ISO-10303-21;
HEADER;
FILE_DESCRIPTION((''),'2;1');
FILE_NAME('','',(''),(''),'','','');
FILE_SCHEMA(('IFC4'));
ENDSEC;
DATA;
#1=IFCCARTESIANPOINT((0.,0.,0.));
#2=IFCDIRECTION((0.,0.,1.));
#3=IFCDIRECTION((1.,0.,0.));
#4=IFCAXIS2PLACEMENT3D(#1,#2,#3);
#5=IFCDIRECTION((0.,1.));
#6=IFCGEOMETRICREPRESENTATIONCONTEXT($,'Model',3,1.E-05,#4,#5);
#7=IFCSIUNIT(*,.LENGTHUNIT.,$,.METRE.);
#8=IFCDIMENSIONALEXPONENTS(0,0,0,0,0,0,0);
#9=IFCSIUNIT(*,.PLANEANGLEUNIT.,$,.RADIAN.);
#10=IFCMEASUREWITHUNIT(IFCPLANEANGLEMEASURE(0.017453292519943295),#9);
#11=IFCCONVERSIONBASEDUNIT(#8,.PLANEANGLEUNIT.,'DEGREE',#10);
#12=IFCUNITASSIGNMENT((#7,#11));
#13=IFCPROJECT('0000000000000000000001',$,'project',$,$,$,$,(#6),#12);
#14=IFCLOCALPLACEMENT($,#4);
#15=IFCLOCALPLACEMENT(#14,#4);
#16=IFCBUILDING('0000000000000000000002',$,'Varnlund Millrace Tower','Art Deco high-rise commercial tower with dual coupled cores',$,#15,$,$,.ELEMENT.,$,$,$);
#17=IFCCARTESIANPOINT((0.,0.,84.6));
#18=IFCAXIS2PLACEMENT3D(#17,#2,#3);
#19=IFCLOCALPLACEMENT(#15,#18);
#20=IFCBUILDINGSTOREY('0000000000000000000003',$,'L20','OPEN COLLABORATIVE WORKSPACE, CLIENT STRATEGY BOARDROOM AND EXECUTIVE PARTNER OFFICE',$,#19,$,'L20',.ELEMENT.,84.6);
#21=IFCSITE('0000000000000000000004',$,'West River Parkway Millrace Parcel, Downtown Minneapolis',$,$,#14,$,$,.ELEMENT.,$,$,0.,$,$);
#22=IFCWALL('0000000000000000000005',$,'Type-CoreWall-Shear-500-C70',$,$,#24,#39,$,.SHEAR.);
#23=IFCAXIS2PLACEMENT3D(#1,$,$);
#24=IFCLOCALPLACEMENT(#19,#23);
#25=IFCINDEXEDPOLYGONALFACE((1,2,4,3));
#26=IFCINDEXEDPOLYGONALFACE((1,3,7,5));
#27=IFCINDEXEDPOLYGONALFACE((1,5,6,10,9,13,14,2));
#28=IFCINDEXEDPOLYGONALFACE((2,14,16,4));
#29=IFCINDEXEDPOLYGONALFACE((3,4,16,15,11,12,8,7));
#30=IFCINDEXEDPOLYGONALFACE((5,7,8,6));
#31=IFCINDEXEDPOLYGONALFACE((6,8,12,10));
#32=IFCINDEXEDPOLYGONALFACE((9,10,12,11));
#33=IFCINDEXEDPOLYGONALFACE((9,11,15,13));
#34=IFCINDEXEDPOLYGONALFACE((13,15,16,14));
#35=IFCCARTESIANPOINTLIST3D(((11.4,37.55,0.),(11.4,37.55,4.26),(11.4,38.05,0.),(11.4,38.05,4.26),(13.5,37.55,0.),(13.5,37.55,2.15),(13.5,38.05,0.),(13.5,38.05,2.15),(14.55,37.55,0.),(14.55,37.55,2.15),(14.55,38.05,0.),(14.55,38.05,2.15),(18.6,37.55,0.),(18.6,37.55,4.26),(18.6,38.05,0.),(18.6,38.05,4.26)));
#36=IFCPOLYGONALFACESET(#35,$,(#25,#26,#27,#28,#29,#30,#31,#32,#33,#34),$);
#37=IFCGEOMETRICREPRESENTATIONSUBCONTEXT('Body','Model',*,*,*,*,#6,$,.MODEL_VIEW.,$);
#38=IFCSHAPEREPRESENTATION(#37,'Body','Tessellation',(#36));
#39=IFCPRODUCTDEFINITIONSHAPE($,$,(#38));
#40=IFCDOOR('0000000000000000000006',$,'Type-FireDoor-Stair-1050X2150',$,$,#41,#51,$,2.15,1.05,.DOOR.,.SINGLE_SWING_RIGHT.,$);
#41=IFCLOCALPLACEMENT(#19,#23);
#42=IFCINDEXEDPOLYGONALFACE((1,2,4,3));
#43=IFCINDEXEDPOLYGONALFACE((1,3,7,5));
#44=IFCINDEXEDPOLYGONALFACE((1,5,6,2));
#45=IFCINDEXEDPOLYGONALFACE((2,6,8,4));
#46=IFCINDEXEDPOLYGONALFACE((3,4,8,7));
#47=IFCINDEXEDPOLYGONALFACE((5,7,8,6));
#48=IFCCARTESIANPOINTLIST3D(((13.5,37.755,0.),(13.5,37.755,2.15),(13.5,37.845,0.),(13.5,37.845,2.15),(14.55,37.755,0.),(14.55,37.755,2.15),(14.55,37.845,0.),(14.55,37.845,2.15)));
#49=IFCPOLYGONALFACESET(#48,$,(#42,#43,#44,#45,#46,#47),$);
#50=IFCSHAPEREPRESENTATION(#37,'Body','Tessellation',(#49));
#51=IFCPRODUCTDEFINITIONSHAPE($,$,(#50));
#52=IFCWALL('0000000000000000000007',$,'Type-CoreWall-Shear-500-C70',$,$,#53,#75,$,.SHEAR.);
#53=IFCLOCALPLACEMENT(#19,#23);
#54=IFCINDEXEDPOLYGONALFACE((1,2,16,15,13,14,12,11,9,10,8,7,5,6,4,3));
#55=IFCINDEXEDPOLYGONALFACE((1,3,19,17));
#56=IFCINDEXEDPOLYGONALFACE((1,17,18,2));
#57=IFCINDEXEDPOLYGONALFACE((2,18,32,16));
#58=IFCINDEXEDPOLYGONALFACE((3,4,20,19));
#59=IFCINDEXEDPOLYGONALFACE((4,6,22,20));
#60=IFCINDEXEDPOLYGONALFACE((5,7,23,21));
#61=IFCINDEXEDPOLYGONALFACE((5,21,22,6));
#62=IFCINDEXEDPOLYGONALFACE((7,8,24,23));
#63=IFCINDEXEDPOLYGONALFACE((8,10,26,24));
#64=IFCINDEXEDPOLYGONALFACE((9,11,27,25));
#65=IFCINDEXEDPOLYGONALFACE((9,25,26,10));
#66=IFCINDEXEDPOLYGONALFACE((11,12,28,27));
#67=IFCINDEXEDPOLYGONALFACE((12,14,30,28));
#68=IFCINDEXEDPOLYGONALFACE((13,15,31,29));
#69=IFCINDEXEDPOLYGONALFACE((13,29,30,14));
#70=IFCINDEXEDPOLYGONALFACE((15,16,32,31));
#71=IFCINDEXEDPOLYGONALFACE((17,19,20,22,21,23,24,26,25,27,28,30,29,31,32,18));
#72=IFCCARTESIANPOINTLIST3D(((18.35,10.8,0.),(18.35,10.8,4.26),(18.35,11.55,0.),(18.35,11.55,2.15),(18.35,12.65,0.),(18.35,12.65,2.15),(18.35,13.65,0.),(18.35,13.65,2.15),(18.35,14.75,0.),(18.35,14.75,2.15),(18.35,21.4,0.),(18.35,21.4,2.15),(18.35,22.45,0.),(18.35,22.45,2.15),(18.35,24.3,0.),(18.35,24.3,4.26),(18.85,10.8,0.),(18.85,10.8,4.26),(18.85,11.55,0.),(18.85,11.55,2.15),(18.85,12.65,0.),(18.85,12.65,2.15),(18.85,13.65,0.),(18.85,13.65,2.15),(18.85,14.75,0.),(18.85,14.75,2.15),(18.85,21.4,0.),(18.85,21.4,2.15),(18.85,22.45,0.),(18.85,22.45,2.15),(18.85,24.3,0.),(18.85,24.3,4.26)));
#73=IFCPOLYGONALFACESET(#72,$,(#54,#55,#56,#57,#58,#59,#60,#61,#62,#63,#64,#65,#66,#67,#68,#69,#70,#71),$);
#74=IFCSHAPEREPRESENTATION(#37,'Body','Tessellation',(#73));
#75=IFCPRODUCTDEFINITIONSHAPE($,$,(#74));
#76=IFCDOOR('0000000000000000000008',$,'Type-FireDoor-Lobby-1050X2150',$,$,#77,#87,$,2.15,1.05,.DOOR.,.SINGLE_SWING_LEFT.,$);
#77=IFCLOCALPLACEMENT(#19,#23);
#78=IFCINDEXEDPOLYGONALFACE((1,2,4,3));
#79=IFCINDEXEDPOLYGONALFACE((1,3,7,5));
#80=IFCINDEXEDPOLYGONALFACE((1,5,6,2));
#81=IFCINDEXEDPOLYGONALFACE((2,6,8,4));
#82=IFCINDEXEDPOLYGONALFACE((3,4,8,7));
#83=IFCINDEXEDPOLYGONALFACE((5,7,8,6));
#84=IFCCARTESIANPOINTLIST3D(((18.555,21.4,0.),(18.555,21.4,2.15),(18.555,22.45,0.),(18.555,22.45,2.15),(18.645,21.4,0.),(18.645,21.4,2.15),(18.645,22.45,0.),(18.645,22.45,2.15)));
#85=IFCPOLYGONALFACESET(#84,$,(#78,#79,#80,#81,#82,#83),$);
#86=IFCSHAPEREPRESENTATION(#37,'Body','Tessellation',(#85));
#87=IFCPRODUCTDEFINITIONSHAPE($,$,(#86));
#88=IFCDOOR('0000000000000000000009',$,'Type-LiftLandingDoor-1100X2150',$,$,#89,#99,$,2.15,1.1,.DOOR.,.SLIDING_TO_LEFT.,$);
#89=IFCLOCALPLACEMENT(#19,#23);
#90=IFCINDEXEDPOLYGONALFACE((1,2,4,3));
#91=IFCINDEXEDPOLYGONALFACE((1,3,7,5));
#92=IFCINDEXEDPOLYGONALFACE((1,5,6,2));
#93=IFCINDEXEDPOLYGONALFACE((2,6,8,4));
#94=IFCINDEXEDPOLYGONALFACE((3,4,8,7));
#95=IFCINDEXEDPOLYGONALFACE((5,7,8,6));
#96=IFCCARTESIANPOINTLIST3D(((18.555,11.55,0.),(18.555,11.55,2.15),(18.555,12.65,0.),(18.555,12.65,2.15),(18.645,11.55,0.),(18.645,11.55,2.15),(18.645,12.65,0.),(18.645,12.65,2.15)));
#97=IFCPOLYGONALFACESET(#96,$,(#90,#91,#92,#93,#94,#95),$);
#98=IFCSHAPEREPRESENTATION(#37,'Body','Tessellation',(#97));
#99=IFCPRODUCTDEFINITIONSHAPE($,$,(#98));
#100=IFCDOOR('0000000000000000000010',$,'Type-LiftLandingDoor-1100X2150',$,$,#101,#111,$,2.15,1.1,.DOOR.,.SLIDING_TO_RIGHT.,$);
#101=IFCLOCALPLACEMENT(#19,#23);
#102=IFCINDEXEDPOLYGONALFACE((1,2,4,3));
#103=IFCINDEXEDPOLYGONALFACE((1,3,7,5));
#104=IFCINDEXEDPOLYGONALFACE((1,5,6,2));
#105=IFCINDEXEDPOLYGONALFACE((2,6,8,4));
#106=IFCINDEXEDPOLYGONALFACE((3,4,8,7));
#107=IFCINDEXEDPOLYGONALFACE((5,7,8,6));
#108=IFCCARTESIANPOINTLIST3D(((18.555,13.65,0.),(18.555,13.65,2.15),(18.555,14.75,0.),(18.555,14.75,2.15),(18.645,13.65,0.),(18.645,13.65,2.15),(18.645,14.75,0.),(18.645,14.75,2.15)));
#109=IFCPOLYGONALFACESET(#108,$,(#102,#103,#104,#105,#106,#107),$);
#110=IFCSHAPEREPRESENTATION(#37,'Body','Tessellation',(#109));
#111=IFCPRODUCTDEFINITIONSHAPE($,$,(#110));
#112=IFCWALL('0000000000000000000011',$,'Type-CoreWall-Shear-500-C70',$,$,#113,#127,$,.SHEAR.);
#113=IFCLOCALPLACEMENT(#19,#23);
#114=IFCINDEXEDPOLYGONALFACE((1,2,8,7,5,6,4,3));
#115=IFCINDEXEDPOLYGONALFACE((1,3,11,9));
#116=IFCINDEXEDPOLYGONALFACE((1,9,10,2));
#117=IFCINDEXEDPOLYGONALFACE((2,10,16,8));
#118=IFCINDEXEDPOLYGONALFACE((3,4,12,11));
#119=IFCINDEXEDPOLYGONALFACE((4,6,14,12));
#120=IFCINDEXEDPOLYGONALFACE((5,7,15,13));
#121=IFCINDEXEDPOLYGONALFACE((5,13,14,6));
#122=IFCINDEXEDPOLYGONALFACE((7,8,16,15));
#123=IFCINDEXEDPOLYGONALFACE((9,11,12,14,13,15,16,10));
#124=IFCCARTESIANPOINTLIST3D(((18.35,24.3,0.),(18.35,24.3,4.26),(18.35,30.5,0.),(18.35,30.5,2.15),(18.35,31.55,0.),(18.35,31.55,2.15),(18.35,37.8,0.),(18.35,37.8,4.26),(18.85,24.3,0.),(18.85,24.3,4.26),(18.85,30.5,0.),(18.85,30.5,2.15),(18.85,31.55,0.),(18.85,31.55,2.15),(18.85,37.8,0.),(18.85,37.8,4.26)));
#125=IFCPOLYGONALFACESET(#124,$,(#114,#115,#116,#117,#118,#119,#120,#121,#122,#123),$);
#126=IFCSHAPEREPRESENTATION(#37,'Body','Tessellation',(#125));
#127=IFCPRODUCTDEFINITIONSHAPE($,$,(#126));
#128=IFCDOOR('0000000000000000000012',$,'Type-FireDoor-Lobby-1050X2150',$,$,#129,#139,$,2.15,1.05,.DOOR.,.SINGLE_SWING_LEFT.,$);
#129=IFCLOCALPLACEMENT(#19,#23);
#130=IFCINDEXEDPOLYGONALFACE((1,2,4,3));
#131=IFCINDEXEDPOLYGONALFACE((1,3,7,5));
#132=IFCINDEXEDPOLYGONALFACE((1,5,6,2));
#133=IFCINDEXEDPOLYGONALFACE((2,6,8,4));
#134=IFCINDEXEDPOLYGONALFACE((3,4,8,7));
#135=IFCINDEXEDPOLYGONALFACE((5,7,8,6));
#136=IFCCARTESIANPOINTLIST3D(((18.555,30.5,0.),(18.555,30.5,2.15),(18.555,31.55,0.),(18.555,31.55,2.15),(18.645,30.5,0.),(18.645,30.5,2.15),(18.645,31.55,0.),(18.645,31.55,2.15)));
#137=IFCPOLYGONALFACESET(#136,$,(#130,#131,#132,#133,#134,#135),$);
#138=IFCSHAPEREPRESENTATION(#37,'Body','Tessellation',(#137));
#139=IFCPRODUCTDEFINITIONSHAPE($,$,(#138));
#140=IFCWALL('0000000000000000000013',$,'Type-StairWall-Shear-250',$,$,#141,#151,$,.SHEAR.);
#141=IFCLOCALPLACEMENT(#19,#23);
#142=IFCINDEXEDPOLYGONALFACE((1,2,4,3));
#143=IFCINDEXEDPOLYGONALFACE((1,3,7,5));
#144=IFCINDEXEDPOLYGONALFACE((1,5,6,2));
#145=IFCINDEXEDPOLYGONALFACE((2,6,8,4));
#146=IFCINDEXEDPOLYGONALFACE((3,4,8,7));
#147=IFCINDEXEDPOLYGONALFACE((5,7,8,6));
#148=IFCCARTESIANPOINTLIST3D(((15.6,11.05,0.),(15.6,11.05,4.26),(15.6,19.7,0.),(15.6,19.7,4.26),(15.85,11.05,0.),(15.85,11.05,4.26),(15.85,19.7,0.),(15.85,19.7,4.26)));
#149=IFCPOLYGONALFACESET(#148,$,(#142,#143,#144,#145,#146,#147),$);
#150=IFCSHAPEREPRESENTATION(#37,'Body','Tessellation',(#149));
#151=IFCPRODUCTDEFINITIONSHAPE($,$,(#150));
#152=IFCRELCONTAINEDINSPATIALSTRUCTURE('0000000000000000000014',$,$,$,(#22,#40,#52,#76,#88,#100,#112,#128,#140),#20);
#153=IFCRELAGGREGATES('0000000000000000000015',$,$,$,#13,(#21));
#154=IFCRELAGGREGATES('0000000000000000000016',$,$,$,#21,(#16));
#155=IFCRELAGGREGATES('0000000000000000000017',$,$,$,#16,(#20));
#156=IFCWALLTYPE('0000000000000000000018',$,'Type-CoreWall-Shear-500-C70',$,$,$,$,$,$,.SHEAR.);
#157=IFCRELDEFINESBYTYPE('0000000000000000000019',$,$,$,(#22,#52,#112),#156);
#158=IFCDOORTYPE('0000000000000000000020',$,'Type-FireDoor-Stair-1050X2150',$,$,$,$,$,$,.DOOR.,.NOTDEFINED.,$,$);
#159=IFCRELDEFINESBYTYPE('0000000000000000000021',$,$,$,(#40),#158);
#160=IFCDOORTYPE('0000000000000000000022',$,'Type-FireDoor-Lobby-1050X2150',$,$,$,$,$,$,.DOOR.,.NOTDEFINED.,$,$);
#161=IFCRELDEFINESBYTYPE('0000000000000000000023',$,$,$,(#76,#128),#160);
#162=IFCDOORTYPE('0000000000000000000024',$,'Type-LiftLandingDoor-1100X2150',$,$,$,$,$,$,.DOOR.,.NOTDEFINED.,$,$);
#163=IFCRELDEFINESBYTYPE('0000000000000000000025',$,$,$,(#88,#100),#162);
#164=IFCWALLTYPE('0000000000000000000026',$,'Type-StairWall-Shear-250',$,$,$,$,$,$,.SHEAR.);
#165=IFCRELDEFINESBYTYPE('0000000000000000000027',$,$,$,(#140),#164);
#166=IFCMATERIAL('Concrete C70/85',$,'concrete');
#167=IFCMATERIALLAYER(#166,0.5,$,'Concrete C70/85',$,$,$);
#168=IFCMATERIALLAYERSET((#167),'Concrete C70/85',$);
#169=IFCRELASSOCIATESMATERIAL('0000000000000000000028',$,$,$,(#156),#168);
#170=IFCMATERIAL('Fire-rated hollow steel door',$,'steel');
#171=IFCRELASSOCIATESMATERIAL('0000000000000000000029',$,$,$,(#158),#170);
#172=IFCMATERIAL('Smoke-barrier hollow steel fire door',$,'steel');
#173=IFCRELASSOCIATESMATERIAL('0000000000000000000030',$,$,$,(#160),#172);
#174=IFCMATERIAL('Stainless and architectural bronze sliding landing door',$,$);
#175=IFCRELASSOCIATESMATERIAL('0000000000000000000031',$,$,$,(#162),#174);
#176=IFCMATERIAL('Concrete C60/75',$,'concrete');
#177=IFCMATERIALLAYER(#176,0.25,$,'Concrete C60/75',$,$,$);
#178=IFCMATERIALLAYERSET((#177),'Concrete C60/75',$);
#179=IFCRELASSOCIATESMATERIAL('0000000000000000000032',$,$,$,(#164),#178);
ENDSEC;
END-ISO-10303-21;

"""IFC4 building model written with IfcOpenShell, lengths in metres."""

from ifc_helpers import new_model, entity, si_unit, converted_unit, direction, frame, origin_with_axes, origin_2d_with_axis, place, context, subcontext, project, spatial, polyline, rectangle, outline, extrude, material, layer, layer_set, type_object, element, fill, save


model = new_model("IFC4")

# Units and contexts
model_context = context("Model", 3, precision=1e-05, world=origin_with_axes(), true_north=direction((0.0, 1.0)))
body_context = subcontext(model_context, "Body", "Model", "MODEL_VIEW")
ifc_project = project(units=[si_unit("LENGTHUNIT", "METRE"), converted_unit("PLANEANGLEUNIT", "DEGREE", entity("IfcPlaneAngleMeasure", 0.017453292519943295), si_unit("PLANEANGLEUNIT", "RADIAN"), dimensions=[0, 0, 0, 0, 0, 0, 0])], contexts=[model_context])

# Site, building, storey
site_placement = place(None, origin_with_axes())
site = spatial("IfcSite", under=ifc_project, at=site_placement, Name="West River Parkway Millrace Parcel, Downtown Minneapolis", CompositionType="ELEMENT", RefElevation=0.0)
building_placement = place(site_placement, origin_with_axes())
building = spatial("IfcBuilding", under=site, at=building_placement, Name="Varnlund Millrace Tower", Description="Art Deco high-rise commercial tower with dual coupled cores", CompositionType="ELEMENT")
storey_placement = place(building_placement, frame((0.0, 0.0, 84.6), z_axis=(0.0, 0.0, 1.0), x_axis=(1.0, 0.0, 0.0)))
storey = spatial("IfcBuildingStorey", under=building, at=storey_placement, Name="L20", Description="OPEN COLLABORATIVE WORKSPACE, CLIENT STRATEGY BOARDROOM AND EXECUTIVE PARTNER OFFICE", LongName="L20", CompositionType="ELEMENT", Elevation=84.6)

# Shared definitions
ifc_material_1 = material(Name="Concrete C60/75", Category="concrete")

# Shared definitions
ifc_material_2 = material(Name="Concrete C70/85", Category="concrete")
ifc_layer_1 = layer(ifc_material_2, 0.5, Name="Concrete C70/85")
ifc_layer_set_1 = layer_set([ifc_layer_1], Name="Concrete C70/85")
wall_type_1 = type_object("IfcWallType", Name="Type-CoreWall-Shear-500-C70", PredefinedType="SHEAR", material=ifc_layer_set_1)

# Wall, opening, door
ifc_material_3 = material(Name="Fire-rated hollow steel door", Category="steel")
door_type_1 = type_object("IfcDoorType", Name="Type-FireDoor-Stair-1050X2150", OperationType="NOTDEFINED", PredefinedType="DOOR", material=ifc_material_3)
wall_1_placement = place(storey_placement, frame((11.4, 37.8, 0.0), z_axis=(0.0, 0.0, 1.0), x_axis=(1.0, 0.0, 0.0)))
wall_1 = element("IfcWall", 1, at=wall_1_placement, inside=storey, type_object=wall_type_1, Name="Type-CoreWall-Shear-500-C70", PredefinedType="SHEAR", context=body_context, shape_type="SweptSolid", body=[
    extrude(outline(polyline([(0.0, -0.25), (7.2, -0.25), (7.2, 0.25), (0.0, 0.25), (0.0, -0.25)])), origin_with_axes(), (0.0, 0.0, 1.0), 4.26),
])
opening_1_placement = place(wall_1_placement, frame((2.625, 0.0, 0.0), z_axis=(0.0, 0.0, 1.0), x_axis=(1.0, 0.0, 0.0)))
opening_1 = element("IfcOpeningElement", 2, at=opening_1_placement, cuts=wall_1, PredefinedType="OPENING", context=body_context, shape_type="SweptSolid", body=[
    extrude(rectangle(XDim=1.05, YDim=0.52, at=origin_2d_with_axis()), origin_with_axes(), (0.0, 0.0, 1.0), 2.15),
])
door_1_placement = place(wall_1_placement, frame((2.625, 0.0, 0.0), z_axis=(0.0, 0.0, 1.0), x_axis=(1.0, 0.0, 0.0)))
door_1 = element("IfcDoor", 3, at=door_1_placement, inside=storey, type_object=door_type_1, Name="Type-FireDoor-Stair-1050X2150", OperationType="SINGLE_SWING_RIGHT", OverallHeight=2.15, OverallWidth=1.05, PredefinedType="DOOR", context=body_context, shape_type="SweptSolid", body=[
    extrude(rectangle(XDim=1.05, YDim=0.09, at=origin_2d_with_axis()), origin_with_axes(), (0.0, 0.0, 1.0), 2.15),
])
fill(opening_1, door_1)

# Wall, openings, doors
wall_2_placement = place(storey_placement, frame((18.6, 10.8, 0.0), z_axis=(0.0, 0.0, 1.0), x_axis=(0.0, 1.0, 0.0)))
wall_2 = element("IfcWall", 4, at=wall_2_placement, inside=storey, type_object=wall_type_1, Name="Type-CoreWall-Shear-500-C70", PredefinedType="SHEAR", context=body_context, shape_type="SweptSolid", body=[
    extrude(outline(polyline([(0.0, -0.25), (13.5, -0.25), (13.5, 0.25), (0.0, 0.25), (0.0, -0.25)])), origin_with_axes(), (0.0, 0.0, 1.0), 4.26),
])
opening_2_placement = place(wall_2_placement, frame((1.3, 0.0, 0.0), z_axis=(0.0, 0.0, 1.0), x_axis=(1.0, 0.0, 0.0)))
opening_2 = element("IfcOpeningElement", 5, at=opening_2_placement, cuts=wall_2, PredefinedType="OPENING", context=body_context, shape_type="SweptSolid", body=[
    extrude(rectangle(XDim=1.1, YDim=0.52, at=origin_2d_with_axis()), origin_with_axes(), (0.0, 0.0, 1.0), 2.15),
])
opening_3_placement = place(wall_2_placement, frame((3.4, 0.0, 0.0), z_axis=(0.0, 0.0, 1.0), x_axis=(1.0, 0.0, 0.0)))
opening_3 = element("IfcOpeningElement", 6, at=opening_3_placement, cuts=wall_2, PredefinedType="OPENING", context=body_context, shape_type="SweptSolid", body=[
    extrude(rectangle(XDim=1.1, YDim=0.52, at=origin_2d_with_axis()), origin_with_axes(), (0.0, 0.0, 1.0), 2.15),
])
opening_4_placement = place(wall_2_placement, frame((11.125, 0.0, 0.0), z_axis=(0.0, 0.0, 1.0), x_axis=(1.0, 0.0, 0.0)))
opening_4 = element("IfcOpeningElement", 7, at=opening_4_placement, cuts=wall_2, PredefinedType="OPENING", context=body_context, shape_type="SweptSolid", body=[
    extrude(rectangle(XDim=1.05, YDim=0.52, at=origin_2d_with_axis()), origin_with_axes(), (0.0, 0.0, 1.0), 2.15),
])
ifc_material_4 = material(Name="Smoke-barrier hollow steel fire door", Category="steel")
door_type_2 = type_object("IfcDoorType", Name="Type-FireDoor-Lobby-1050X2150", OperationType="NOTDEFINED", PredefinedType="DOOR", material=ifc_material_4)
door_2_placement = place(wall_2_placement, frame((11.125, 0.0, 0.0), z_axis=(0.0, 0.0, 1.0), x_axis=(1.0, 0.0, 0.0)))
door_2 = element("IfcDoor", 8, at=door_2_placement, inside=storey, type_object=door_type_2, Name="Type-FireDoor-Lobby-1050X2150", OperationType="SINGLE_SWING_LEFT", OverallHeight=2.15, OverallWidth=1.05, PredefinedType="DOOR", context=body_context, shape_type="SweptSolid", body=[
    extrude(rectangle(XDim=1.05, YDim=0.09, at=origin_2d_with_axis()), origin_with_axes(), (0.0, 0.0, 1.0), 2.15),
])
fill(opening_4, door_2)
ifc_material_5 = material(Name="Stainless and architectural bronze sliding landing door")
door_type_3 = type_object("IfcDoorType", Name="Type-LiftLandingDoor-1100X2150", OperationType="NOTDEFINED", PredefinedType="DOOR", material=ifc_material_5)
door_3_placement = place(wall_2_placement, frame((1.3, 0.0, 0.0), z_axis=(0.0, 0.0, 1.0), x_axis=(1.0, 0.0, 0.0)))
door_3 = element("IfcDoor", 9, at=door_3_placement, inside=storey, type_object=door_type_3, Name="Type-LiftLandingDoor-1100X2150", OperationType="SLIDING_TO_LEFT", OverallHeight=2.15, OverallWidth=1.1, PredefinedType="DOOR", context=body_context, shape_type="SweptSolid", body=[
    extrude(rectangle(XDim=1.1, YDim=0.09, at=origin_2d_with_axis()), origin_with_axes(), (0.0, 0.0, 1.0), 2.15),
])
fill(opening_2, door_3)
door_4_placement = place(wall_2_placement, frame((3.4, 0.0, 0.0), z_axis=(0.0, 0.0, 1.0), x_axis=(1.0, 0.0, 0.0)))
door_4 = element("IfcDoor", 10, at=door_4_placement, inside=storey, type_object=door_type_3, Name="Type-LiftLandingDoor-1100X2150", OperationType="SLIDING_TO_RIGHT", OverallHeight=2.15, OverallWidth=1.1, PredefinedType="DOOR", context=body_context, shape_type="SweptSolid", body=[
    extrude(rectangle(XDim=1.1, YDim=0.09, at=origin_2d_with_axis()), origin_with_axes(), (0.0, 0.0, 1.0), 2.15),
])
fill(opening_3, door_4)

# Wall, opening, door
wall_3_placement = place(storey_placement, frame((18.6, 24.3, 0.0), z_axis=(0.0, 0.0, 1.0), x_axis=(0.0, 1.0, 0.0)))
wall_3 = element("IfcWall", 11, at=wall_3_placement, inside=storey, type_object=wall_type_1, Name="Type-CoreWall-Shear-500-C70", PredefinedType="SHEAR", context=body_context, shape_type="SweptSolid", body=[
    extrude(outline(polyline([(0.0, -0.25), (13.5, -0.25), (13.5, 0.25), (0.0, 0.25), (0.0, -0.25)])), origin_with_axes(), (0.0, 0.0, 1.0), 4.26),
])
opening_5_placement = place(wall_3_placement, frame((6.725, 0.0, 0.0), z_axis=(0.0, 0.0, 1.0), x_axis=(1.0, 0.0, 0.0)))
opening_5 = element("IfcOpeningElement", 12, at=opening_5_placement, cuts=wall_3, PredefinedType="OPENING", context=body_context, shape_type="SweptSolid", body=[
    extrude(rectangle(XDim=1.05, YDim=0.52, at=origin_2d_with_axis()), origin_with_axes(), (0.0, 0.0, 1.0), 2.15),
])
door_5_placement = place(wall_3_placement, frame((6.725, 0.0, 0.0), z_axis=(0.0, 0.0, 1.0), x_axis=(1.0, 0.0, 0.0)))
door_5 = element("IfcDoor", 13, at=door_5_placement, inside=storey, type_object=door_type_2, Name="Type-FireDoor-Lobby-1050X2150", OperationType="SINGLE_SWING_LEFT", OverallHeight=2.15, OverallWidth=1.05, PredefinedType="DOOR", context=body_context, shape_type="SweptSolid", body=[
    extrude(rectangle(XDim=1.05, YDim=0.09, at=origin_2d_with_axis()), origin_with_axes(), (0.0, 0.0, 1.0), 2.15),
])
fill(opening_5, door_5)

# Wall
ifc_layer_2 = layer(ifc_material_1, 0.25, Name="Concrete C60/75")
ifc_layer_set_2 = layer_set([ifc_layer_2], Name="Concrete C60/75")
wall_type_2 = type_object("IfcWallType", Name="Type-StairWall-Shear-250", PredefinedType="SHEAR", material=ifc_layer_set_2)
wall_4_placement = place(storey_placement, frame((15.725, 11.05, 0.0), z_axis=(0.0, 0.0, 1.0), x_axis=(0.0, 1.0, 0.0)))
element("IfcWall", 14, at=wall_4_placement, inside=storey, type_object=wall_type_2, Name="Type-StairWall-Shear-250", PredefinedType="SHEAR", context=body_context, shape_type="SweptSolid", body=[
    extrude(outline(polyline([(0.0, -0.125), (8.65, -0.125), (8.65, 0.125), (0.0, 0.125), (0.0, -0.125)])), origin_with_axes(), (0.0, 0.0, 1.0), 4.26),
])

save(model, "model.ifc")
